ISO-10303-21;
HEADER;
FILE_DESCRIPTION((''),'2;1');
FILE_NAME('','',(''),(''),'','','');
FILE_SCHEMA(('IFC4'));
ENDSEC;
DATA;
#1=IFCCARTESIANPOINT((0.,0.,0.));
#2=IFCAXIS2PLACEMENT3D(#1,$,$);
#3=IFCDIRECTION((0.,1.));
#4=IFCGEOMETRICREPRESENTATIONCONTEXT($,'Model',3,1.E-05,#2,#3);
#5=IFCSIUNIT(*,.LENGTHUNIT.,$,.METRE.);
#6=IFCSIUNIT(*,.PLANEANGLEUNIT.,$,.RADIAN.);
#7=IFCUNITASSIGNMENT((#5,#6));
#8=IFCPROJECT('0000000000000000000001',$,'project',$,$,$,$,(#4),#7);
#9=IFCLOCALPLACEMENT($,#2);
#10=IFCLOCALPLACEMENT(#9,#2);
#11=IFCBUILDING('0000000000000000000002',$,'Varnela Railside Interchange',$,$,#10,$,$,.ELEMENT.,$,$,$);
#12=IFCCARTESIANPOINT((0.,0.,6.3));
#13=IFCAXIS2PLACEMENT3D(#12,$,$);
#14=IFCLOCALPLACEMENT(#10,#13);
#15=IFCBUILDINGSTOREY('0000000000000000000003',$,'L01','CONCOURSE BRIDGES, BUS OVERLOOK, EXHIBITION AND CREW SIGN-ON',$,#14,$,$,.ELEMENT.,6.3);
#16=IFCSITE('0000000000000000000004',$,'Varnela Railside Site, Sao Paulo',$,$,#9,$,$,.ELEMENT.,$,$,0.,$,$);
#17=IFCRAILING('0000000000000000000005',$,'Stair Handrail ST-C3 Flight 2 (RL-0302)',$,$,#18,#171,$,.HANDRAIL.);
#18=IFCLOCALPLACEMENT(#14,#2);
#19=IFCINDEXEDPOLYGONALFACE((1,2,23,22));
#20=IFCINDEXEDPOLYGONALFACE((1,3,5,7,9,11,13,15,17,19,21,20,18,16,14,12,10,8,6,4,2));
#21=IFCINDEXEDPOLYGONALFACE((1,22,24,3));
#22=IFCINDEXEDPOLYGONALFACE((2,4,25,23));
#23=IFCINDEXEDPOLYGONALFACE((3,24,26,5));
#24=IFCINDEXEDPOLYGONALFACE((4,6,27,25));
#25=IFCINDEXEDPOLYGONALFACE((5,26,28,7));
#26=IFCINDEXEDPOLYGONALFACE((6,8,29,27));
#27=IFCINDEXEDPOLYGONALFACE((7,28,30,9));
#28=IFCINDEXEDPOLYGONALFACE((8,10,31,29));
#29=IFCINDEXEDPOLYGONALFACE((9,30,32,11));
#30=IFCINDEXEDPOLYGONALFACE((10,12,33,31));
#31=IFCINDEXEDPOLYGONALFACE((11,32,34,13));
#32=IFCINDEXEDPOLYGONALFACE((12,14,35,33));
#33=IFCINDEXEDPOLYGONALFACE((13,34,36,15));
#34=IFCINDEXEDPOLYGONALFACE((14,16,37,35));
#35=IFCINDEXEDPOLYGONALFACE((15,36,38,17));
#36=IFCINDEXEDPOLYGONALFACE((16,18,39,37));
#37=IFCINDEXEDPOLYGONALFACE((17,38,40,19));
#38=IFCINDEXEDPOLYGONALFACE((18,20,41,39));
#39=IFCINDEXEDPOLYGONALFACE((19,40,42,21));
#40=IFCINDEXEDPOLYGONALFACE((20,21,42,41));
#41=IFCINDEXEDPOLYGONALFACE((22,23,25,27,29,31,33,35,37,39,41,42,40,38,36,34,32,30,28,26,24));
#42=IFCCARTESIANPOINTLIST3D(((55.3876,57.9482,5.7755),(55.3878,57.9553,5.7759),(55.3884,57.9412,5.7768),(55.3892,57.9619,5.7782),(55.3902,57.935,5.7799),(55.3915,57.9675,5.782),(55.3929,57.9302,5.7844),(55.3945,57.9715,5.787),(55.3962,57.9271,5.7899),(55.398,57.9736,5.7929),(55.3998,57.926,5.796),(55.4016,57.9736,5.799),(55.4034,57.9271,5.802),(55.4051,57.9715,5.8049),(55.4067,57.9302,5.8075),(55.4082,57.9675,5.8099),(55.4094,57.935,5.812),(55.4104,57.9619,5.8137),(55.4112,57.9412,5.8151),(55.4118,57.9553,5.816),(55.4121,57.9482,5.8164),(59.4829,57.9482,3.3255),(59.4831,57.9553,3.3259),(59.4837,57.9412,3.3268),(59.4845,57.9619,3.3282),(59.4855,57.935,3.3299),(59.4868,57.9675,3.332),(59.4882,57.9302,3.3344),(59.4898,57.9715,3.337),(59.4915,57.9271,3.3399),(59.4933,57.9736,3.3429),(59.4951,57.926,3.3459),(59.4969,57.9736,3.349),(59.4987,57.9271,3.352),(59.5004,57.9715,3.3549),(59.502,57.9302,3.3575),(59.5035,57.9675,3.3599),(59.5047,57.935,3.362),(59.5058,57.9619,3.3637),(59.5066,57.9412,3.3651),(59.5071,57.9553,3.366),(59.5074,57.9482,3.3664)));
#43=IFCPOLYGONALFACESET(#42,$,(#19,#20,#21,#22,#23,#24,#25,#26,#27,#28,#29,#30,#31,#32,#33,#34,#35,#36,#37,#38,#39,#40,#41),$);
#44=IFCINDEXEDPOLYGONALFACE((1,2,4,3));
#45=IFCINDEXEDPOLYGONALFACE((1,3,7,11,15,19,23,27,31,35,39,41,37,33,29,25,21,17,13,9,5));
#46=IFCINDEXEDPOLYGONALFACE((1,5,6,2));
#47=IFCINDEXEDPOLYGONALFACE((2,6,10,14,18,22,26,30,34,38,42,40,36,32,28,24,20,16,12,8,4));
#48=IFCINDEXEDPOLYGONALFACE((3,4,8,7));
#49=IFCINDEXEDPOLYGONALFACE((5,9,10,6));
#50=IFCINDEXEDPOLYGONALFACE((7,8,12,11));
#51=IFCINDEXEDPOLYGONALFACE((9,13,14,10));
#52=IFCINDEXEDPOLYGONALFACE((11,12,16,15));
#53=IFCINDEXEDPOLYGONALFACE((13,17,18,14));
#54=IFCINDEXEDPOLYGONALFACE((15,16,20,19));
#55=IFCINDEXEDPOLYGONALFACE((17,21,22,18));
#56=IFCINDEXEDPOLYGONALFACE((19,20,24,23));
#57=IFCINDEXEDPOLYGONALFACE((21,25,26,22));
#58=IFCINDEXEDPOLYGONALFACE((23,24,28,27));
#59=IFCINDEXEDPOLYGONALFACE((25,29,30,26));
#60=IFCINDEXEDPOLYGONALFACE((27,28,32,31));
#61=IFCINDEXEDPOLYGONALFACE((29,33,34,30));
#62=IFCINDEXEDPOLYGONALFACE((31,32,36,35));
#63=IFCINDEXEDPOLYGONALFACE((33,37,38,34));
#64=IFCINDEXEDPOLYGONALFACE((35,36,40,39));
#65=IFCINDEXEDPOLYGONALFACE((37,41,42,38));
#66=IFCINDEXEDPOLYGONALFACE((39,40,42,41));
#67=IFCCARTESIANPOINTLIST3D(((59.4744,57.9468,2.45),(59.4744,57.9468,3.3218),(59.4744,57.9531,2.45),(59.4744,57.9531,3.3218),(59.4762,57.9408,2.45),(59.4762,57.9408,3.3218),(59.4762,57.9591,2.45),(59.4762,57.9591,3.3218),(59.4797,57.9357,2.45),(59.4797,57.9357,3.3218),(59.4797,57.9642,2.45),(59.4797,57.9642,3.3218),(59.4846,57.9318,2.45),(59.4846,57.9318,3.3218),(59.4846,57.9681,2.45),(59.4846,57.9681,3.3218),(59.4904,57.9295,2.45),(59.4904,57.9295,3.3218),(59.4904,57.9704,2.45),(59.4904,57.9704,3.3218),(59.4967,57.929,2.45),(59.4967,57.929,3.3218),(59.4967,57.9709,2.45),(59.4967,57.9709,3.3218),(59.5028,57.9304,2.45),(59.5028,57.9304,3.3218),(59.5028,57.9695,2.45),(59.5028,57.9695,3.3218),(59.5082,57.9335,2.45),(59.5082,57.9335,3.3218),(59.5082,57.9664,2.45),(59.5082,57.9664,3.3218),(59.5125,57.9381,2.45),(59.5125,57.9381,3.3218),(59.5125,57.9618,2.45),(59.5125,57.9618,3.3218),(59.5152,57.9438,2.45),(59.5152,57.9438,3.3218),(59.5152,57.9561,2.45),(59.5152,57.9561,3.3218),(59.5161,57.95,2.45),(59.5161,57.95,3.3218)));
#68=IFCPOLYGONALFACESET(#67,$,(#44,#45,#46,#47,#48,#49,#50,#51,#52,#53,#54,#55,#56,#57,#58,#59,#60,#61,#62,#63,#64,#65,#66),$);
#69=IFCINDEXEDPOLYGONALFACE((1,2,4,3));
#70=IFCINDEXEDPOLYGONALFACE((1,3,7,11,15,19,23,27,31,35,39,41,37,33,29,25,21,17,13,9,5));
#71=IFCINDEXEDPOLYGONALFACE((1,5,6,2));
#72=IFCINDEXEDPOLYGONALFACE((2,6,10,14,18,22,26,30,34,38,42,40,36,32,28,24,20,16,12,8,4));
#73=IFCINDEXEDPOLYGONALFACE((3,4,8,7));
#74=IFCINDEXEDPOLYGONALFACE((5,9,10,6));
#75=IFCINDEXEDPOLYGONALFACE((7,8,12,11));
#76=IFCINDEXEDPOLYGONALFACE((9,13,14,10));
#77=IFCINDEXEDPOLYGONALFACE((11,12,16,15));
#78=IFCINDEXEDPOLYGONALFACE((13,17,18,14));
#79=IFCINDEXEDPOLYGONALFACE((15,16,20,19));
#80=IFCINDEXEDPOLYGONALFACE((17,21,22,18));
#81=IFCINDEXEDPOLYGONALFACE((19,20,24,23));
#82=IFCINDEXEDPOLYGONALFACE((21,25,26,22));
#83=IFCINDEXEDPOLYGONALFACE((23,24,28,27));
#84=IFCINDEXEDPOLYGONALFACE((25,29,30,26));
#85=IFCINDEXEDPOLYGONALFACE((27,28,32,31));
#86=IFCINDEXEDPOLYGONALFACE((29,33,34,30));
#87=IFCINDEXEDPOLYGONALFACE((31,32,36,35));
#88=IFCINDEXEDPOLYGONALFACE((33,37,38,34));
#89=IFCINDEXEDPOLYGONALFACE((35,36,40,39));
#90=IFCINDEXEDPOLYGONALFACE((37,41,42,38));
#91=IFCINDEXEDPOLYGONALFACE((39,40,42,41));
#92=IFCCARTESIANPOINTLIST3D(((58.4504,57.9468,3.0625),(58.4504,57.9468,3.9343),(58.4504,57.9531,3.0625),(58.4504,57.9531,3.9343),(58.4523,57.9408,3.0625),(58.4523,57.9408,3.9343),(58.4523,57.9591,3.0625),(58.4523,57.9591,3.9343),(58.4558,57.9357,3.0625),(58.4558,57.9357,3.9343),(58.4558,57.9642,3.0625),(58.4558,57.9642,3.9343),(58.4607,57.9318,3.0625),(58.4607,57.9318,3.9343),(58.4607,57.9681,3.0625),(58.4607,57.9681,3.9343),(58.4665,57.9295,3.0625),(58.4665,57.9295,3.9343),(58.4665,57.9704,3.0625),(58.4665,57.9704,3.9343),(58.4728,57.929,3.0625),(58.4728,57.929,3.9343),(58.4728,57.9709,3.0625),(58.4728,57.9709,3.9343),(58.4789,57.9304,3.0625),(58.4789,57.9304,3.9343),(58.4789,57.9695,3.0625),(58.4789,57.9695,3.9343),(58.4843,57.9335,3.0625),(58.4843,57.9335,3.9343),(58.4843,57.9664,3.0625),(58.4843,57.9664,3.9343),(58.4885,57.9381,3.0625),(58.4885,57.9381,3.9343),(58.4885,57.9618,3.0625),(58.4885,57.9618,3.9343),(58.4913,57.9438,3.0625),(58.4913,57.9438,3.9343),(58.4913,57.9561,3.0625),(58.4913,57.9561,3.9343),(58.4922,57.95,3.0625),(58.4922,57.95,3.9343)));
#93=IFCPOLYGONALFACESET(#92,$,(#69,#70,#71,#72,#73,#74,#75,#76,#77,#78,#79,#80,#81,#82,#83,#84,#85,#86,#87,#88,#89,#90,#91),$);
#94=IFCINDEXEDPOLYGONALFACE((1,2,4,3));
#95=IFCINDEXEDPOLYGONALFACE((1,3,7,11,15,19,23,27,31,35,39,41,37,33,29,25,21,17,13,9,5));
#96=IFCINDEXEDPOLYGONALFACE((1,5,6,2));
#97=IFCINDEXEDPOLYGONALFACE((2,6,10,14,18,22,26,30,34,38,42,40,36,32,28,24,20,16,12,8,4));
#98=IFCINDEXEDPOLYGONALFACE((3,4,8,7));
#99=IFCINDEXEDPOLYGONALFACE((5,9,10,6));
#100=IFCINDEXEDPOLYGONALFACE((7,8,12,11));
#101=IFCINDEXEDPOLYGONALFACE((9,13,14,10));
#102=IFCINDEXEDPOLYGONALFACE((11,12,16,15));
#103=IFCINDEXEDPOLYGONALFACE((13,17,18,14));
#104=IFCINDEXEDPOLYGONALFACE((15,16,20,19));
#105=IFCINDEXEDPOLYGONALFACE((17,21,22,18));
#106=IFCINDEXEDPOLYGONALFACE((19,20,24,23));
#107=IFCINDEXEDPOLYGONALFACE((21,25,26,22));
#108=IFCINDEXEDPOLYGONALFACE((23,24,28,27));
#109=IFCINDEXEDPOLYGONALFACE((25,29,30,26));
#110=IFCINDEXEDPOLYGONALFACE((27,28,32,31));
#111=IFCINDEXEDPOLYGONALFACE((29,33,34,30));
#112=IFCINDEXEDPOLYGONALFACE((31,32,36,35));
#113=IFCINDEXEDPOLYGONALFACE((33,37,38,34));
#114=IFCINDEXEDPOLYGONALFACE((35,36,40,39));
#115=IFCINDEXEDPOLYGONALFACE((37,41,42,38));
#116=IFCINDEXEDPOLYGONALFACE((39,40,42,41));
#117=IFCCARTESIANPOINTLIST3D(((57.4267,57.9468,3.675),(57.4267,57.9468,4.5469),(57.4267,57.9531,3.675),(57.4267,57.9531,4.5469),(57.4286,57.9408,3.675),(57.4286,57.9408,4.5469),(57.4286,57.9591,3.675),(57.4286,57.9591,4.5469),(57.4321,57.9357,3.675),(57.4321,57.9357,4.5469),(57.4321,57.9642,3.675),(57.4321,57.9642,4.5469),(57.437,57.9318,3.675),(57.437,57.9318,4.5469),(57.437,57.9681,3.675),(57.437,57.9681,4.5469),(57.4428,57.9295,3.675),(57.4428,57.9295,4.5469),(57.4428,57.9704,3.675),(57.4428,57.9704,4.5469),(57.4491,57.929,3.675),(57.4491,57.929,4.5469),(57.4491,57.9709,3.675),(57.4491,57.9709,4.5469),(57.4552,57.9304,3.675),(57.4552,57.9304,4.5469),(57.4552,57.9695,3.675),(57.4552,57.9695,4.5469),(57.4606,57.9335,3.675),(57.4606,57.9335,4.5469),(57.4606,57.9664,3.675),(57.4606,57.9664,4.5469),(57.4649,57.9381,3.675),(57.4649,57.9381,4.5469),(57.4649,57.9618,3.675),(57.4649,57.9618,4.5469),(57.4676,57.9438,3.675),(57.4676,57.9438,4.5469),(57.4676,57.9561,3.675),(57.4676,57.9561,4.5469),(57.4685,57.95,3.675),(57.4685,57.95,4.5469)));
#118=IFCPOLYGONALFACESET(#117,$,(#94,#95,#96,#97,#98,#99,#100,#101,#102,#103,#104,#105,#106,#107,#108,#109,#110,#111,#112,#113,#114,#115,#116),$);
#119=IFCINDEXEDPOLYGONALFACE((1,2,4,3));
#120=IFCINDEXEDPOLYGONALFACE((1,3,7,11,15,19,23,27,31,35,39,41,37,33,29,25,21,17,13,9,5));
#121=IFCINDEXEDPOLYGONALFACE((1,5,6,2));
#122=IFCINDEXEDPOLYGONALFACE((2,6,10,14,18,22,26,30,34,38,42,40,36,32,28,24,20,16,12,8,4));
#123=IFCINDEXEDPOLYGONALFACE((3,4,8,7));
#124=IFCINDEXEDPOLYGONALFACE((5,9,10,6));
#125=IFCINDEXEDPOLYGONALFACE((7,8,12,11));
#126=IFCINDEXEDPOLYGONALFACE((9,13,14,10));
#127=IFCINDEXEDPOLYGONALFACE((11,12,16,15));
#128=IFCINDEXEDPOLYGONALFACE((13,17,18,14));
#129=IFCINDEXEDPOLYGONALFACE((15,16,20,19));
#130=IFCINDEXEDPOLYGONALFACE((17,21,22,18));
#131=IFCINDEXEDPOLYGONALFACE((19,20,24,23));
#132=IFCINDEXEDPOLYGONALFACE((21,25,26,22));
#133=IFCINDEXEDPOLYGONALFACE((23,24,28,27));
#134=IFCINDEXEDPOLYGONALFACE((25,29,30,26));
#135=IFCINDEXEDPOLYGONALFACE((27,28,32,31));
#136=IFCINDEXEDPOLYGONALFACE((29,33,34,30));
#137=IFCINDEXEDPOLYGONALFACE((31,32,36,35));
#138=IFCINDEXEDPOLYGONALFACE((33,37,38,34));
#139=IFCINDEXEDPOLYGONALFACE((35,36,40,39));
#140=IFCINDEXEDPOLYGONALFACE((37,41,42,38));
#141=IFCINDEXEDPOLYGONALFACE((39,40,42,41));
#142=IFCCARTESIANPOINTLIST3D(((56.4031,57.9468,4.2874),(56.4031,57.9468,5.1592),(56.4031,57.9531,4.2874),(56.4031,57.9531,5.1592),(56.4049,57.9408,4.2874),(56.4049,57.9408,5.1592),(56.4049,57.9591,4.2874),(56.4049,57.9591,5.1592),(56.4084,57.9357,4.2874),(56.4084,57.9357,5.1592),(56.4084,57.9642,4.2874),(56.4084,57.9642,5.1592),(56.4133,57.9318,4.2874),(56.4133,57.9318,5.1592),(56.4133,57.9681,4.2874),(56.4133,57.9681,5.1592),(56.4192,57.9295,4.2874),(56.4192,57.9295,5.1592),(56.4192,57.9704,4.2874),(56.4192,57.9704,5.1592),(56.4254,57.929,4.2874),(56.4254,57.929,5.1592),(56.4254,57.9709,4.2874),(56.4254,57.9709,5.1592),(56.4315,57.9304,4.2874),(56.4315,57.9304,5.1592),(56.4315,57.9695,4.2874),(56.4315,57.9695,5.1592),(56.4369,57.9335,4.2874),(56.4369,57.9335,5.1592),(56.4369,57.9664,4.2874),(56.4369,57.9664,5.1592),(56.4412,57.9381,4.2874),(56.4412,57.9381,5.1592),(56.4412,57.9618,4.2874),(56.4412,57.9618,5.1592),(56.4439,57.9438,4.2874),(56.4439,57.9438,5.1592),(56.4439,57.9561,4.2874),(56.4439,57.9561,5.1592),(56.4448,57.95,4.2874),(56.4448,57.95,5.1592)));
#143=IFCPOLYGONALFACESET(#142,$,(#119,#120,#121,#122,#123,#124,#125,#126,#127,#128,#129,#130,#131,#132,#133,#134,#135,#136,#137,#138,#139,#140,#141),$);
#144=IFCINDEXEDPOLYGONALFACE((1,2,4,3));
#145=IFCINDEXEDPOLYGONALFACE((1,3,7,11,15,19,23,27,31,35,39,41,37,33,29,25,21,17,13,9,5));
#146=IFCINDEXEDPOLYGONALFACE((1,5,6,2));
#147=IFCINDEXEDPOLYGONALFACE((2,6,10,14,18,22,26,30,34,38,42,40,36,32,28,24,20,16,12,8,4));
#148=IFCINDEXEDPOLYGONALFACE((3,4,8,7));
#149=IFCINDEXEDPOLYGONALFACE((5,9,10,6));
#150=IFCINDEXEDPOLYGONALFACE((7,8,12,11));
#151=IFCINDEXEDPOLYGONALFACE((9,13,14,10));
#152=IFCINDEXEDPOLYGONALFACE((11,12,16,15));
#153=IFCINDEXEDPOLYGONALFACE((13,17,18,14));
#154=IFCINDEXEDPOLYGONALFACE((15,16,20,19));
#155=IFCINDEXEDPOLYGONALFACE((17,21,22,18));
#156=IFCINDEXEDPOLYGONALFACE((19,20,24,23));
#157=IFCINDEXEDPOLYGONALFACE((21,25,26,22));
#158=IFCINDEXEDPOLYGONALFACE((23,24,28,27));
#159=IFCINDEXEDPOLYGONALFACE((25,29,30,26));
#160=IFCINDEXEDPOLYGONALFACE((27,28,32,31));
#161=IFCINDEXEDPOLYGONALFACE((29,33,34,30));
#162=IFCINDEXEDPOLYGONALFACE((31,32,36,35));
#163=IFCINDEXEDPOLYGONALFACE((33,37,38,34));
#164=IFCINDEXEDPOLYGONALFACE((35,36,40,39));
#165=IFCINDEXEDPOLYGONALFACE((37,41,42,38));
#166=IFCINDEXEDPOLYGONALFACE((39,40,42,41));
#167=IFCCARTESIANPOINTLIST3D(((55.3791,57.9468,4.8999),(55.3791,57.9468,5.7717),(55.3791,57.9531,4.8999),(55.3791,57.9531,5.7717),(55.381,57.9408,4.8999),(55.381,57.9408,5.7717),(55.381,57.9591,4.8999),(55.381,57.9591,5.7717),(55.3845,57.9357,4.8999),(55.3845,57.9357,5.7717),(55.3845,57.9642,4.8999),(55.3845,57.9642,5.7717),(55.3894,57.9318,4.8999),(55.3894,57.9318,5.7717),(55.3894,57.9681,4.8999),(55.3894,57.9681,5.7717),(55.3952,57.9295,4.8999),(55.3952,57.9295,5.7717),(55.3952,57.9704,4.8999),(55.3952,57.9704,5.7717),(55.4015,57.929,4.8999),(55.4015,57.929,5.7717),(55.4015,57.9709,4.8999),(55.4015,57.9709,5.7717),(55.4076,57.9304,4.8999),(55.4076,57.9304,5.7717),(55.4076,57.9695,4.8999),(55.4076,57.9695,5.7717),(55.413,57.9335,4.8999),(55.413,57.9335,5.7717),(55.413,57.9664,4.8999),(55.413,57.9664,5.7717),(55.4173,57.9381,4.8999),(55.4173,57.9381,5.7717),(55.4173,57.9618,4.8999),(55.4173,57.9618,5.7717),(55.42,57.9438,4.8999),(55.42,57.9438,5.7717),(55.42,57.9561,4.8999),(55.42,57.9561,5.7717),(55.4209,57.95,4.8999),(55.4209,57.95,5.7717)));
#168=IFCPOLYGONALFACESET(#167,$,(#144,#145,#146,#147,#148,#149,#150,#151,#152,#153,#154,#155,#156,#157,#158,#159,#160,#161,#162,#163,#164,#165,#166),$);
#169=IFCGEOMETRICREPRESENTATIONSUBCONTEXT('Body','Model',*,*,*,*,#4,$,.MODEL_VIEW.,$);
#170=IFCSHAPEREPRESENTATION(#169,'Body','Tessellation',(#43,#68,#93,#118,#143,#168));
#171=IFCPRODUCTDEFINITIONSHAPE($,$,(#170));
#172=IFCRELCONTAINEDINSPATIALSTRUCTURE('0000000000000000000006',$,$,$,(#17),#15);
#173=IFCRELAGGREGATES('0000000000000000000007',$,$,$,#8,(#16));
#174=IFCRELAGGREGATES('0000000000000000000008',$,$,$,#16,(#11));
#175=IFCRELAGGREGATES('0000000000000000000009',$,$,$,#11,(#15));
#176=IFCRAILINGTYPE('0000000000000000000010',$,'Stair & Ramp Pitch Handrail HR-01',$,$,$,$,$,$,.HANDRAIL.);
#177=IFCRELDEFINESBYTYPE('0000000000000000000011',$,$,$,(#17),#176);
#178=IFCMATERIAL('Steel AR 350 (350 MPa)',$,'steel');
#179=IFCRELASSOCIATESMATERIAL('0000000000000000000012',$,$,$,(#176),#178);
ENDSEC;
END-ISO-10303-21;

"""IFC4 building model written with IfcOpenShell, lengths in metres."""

from ifc_helpers import new_model, si_unit, direction, frame, origin, origin_2d, place, context, subcontext, project, spatial, circle, extrude, material, type_object, element, save


model = new_model("IFC4")

# Units and contexts
model_context = context("Model", 3, precision=1e-05, world=origin(), true_north=direction((0.0, 1.0)))
body_context = subcontext(model_context, "Body", "Model", "MODEL_VIEW")
ifc_project = project(units=[si_unit("LENGTHUNIT", "METRE"), si_unit("PLANEANGLEUNIT", "RADIAN")], contexts=[model_context])

# Site, building, storey
site_placement = place(None, origin())
site = spatial("IfcSite", under=ifc_project, at=site_placement, Name="Varnela Railside Site, Sao Paulo", CompositionType="ELEMENT", RefElevation=0.0)
building_placement = place(site_placement, origin())
building = spatial("IfcBuilding", under=site, at=building_placement, Name="Varnela Railside Interchange", CompositionType="ELEMENT")
storey_placement = place(building_placement, frame((0.0, 0.0, 6.3)))
storey = spatial("IfcBuildingStorey", under=building, at=storey_placement, Name="L01", Description="CONCOURSE BRIDGES, BUS OVERLOOK, EXHIBITION AND CREW SIGN-ON", CompositionType="ELEMENT", Elevation=6.3)

# Shared definitions
ifc_material_1 = material(Name="Steel AR 350 (350 MPa)", Category="steel")

# Railing
railing_type_1 = type_object("IfcRailingType", Name="Stair & Ramp Pitch Handrail HR-01", PredefinedType="HANDRAIL", material=ifc_material_1)
railing_1_placement = place(storey_placement, frame((59.4951, 57.95, 2.45)))
element("IfcRailing", 1, at=railing_1_placement, inside=storey, type_object=railing_type_1, Name="Stair Handrail ST-C3 Flight 2 (RL-0302)", PredefinedType="HANDRAIL", context=body_context, shape_type="SweptSolid", body=[
    extrude(circle(Radius=0.0239, at=origin_2d()), frame((0.0, 0.0, 0.896), z_axis=(-0.858156, 0.0, 0.513389), x_axis=(0.0, -1.0, 0.0)), (0.0, 0.0, 1.0), 4.7722),
    extrude(circle(Radius=0.021, at=origin_2d()), origin(), (0.0, 0.0, 1.0), 0.8718),
    extrude(circle(Radius=0.021, at=origin_2d()), frame((-1.0239, 0.0, 0.6125)), (0.0, 0.0, 1.0), 0.8718),
    extrude(circle(Radius=0.021, at=origin_2d()), frame((-2.0476, 0.0, 1.2251)), (0.0, 0.0, 1.0), 0.8718),
    extrude(circle(Radius=0.021, at=origin_2d()), frame((-3.0713, 0.0, 1.8374)), (0.0, 0.0, 1.0), 0.8718),
    extrude(circle(Radius=0.021, at=origin_2d()), frame((-4.0952, 0.0, 2.45)), (0.0, 0.0, 1.0), 0.8718),
])

save(model, "model.ifc")
